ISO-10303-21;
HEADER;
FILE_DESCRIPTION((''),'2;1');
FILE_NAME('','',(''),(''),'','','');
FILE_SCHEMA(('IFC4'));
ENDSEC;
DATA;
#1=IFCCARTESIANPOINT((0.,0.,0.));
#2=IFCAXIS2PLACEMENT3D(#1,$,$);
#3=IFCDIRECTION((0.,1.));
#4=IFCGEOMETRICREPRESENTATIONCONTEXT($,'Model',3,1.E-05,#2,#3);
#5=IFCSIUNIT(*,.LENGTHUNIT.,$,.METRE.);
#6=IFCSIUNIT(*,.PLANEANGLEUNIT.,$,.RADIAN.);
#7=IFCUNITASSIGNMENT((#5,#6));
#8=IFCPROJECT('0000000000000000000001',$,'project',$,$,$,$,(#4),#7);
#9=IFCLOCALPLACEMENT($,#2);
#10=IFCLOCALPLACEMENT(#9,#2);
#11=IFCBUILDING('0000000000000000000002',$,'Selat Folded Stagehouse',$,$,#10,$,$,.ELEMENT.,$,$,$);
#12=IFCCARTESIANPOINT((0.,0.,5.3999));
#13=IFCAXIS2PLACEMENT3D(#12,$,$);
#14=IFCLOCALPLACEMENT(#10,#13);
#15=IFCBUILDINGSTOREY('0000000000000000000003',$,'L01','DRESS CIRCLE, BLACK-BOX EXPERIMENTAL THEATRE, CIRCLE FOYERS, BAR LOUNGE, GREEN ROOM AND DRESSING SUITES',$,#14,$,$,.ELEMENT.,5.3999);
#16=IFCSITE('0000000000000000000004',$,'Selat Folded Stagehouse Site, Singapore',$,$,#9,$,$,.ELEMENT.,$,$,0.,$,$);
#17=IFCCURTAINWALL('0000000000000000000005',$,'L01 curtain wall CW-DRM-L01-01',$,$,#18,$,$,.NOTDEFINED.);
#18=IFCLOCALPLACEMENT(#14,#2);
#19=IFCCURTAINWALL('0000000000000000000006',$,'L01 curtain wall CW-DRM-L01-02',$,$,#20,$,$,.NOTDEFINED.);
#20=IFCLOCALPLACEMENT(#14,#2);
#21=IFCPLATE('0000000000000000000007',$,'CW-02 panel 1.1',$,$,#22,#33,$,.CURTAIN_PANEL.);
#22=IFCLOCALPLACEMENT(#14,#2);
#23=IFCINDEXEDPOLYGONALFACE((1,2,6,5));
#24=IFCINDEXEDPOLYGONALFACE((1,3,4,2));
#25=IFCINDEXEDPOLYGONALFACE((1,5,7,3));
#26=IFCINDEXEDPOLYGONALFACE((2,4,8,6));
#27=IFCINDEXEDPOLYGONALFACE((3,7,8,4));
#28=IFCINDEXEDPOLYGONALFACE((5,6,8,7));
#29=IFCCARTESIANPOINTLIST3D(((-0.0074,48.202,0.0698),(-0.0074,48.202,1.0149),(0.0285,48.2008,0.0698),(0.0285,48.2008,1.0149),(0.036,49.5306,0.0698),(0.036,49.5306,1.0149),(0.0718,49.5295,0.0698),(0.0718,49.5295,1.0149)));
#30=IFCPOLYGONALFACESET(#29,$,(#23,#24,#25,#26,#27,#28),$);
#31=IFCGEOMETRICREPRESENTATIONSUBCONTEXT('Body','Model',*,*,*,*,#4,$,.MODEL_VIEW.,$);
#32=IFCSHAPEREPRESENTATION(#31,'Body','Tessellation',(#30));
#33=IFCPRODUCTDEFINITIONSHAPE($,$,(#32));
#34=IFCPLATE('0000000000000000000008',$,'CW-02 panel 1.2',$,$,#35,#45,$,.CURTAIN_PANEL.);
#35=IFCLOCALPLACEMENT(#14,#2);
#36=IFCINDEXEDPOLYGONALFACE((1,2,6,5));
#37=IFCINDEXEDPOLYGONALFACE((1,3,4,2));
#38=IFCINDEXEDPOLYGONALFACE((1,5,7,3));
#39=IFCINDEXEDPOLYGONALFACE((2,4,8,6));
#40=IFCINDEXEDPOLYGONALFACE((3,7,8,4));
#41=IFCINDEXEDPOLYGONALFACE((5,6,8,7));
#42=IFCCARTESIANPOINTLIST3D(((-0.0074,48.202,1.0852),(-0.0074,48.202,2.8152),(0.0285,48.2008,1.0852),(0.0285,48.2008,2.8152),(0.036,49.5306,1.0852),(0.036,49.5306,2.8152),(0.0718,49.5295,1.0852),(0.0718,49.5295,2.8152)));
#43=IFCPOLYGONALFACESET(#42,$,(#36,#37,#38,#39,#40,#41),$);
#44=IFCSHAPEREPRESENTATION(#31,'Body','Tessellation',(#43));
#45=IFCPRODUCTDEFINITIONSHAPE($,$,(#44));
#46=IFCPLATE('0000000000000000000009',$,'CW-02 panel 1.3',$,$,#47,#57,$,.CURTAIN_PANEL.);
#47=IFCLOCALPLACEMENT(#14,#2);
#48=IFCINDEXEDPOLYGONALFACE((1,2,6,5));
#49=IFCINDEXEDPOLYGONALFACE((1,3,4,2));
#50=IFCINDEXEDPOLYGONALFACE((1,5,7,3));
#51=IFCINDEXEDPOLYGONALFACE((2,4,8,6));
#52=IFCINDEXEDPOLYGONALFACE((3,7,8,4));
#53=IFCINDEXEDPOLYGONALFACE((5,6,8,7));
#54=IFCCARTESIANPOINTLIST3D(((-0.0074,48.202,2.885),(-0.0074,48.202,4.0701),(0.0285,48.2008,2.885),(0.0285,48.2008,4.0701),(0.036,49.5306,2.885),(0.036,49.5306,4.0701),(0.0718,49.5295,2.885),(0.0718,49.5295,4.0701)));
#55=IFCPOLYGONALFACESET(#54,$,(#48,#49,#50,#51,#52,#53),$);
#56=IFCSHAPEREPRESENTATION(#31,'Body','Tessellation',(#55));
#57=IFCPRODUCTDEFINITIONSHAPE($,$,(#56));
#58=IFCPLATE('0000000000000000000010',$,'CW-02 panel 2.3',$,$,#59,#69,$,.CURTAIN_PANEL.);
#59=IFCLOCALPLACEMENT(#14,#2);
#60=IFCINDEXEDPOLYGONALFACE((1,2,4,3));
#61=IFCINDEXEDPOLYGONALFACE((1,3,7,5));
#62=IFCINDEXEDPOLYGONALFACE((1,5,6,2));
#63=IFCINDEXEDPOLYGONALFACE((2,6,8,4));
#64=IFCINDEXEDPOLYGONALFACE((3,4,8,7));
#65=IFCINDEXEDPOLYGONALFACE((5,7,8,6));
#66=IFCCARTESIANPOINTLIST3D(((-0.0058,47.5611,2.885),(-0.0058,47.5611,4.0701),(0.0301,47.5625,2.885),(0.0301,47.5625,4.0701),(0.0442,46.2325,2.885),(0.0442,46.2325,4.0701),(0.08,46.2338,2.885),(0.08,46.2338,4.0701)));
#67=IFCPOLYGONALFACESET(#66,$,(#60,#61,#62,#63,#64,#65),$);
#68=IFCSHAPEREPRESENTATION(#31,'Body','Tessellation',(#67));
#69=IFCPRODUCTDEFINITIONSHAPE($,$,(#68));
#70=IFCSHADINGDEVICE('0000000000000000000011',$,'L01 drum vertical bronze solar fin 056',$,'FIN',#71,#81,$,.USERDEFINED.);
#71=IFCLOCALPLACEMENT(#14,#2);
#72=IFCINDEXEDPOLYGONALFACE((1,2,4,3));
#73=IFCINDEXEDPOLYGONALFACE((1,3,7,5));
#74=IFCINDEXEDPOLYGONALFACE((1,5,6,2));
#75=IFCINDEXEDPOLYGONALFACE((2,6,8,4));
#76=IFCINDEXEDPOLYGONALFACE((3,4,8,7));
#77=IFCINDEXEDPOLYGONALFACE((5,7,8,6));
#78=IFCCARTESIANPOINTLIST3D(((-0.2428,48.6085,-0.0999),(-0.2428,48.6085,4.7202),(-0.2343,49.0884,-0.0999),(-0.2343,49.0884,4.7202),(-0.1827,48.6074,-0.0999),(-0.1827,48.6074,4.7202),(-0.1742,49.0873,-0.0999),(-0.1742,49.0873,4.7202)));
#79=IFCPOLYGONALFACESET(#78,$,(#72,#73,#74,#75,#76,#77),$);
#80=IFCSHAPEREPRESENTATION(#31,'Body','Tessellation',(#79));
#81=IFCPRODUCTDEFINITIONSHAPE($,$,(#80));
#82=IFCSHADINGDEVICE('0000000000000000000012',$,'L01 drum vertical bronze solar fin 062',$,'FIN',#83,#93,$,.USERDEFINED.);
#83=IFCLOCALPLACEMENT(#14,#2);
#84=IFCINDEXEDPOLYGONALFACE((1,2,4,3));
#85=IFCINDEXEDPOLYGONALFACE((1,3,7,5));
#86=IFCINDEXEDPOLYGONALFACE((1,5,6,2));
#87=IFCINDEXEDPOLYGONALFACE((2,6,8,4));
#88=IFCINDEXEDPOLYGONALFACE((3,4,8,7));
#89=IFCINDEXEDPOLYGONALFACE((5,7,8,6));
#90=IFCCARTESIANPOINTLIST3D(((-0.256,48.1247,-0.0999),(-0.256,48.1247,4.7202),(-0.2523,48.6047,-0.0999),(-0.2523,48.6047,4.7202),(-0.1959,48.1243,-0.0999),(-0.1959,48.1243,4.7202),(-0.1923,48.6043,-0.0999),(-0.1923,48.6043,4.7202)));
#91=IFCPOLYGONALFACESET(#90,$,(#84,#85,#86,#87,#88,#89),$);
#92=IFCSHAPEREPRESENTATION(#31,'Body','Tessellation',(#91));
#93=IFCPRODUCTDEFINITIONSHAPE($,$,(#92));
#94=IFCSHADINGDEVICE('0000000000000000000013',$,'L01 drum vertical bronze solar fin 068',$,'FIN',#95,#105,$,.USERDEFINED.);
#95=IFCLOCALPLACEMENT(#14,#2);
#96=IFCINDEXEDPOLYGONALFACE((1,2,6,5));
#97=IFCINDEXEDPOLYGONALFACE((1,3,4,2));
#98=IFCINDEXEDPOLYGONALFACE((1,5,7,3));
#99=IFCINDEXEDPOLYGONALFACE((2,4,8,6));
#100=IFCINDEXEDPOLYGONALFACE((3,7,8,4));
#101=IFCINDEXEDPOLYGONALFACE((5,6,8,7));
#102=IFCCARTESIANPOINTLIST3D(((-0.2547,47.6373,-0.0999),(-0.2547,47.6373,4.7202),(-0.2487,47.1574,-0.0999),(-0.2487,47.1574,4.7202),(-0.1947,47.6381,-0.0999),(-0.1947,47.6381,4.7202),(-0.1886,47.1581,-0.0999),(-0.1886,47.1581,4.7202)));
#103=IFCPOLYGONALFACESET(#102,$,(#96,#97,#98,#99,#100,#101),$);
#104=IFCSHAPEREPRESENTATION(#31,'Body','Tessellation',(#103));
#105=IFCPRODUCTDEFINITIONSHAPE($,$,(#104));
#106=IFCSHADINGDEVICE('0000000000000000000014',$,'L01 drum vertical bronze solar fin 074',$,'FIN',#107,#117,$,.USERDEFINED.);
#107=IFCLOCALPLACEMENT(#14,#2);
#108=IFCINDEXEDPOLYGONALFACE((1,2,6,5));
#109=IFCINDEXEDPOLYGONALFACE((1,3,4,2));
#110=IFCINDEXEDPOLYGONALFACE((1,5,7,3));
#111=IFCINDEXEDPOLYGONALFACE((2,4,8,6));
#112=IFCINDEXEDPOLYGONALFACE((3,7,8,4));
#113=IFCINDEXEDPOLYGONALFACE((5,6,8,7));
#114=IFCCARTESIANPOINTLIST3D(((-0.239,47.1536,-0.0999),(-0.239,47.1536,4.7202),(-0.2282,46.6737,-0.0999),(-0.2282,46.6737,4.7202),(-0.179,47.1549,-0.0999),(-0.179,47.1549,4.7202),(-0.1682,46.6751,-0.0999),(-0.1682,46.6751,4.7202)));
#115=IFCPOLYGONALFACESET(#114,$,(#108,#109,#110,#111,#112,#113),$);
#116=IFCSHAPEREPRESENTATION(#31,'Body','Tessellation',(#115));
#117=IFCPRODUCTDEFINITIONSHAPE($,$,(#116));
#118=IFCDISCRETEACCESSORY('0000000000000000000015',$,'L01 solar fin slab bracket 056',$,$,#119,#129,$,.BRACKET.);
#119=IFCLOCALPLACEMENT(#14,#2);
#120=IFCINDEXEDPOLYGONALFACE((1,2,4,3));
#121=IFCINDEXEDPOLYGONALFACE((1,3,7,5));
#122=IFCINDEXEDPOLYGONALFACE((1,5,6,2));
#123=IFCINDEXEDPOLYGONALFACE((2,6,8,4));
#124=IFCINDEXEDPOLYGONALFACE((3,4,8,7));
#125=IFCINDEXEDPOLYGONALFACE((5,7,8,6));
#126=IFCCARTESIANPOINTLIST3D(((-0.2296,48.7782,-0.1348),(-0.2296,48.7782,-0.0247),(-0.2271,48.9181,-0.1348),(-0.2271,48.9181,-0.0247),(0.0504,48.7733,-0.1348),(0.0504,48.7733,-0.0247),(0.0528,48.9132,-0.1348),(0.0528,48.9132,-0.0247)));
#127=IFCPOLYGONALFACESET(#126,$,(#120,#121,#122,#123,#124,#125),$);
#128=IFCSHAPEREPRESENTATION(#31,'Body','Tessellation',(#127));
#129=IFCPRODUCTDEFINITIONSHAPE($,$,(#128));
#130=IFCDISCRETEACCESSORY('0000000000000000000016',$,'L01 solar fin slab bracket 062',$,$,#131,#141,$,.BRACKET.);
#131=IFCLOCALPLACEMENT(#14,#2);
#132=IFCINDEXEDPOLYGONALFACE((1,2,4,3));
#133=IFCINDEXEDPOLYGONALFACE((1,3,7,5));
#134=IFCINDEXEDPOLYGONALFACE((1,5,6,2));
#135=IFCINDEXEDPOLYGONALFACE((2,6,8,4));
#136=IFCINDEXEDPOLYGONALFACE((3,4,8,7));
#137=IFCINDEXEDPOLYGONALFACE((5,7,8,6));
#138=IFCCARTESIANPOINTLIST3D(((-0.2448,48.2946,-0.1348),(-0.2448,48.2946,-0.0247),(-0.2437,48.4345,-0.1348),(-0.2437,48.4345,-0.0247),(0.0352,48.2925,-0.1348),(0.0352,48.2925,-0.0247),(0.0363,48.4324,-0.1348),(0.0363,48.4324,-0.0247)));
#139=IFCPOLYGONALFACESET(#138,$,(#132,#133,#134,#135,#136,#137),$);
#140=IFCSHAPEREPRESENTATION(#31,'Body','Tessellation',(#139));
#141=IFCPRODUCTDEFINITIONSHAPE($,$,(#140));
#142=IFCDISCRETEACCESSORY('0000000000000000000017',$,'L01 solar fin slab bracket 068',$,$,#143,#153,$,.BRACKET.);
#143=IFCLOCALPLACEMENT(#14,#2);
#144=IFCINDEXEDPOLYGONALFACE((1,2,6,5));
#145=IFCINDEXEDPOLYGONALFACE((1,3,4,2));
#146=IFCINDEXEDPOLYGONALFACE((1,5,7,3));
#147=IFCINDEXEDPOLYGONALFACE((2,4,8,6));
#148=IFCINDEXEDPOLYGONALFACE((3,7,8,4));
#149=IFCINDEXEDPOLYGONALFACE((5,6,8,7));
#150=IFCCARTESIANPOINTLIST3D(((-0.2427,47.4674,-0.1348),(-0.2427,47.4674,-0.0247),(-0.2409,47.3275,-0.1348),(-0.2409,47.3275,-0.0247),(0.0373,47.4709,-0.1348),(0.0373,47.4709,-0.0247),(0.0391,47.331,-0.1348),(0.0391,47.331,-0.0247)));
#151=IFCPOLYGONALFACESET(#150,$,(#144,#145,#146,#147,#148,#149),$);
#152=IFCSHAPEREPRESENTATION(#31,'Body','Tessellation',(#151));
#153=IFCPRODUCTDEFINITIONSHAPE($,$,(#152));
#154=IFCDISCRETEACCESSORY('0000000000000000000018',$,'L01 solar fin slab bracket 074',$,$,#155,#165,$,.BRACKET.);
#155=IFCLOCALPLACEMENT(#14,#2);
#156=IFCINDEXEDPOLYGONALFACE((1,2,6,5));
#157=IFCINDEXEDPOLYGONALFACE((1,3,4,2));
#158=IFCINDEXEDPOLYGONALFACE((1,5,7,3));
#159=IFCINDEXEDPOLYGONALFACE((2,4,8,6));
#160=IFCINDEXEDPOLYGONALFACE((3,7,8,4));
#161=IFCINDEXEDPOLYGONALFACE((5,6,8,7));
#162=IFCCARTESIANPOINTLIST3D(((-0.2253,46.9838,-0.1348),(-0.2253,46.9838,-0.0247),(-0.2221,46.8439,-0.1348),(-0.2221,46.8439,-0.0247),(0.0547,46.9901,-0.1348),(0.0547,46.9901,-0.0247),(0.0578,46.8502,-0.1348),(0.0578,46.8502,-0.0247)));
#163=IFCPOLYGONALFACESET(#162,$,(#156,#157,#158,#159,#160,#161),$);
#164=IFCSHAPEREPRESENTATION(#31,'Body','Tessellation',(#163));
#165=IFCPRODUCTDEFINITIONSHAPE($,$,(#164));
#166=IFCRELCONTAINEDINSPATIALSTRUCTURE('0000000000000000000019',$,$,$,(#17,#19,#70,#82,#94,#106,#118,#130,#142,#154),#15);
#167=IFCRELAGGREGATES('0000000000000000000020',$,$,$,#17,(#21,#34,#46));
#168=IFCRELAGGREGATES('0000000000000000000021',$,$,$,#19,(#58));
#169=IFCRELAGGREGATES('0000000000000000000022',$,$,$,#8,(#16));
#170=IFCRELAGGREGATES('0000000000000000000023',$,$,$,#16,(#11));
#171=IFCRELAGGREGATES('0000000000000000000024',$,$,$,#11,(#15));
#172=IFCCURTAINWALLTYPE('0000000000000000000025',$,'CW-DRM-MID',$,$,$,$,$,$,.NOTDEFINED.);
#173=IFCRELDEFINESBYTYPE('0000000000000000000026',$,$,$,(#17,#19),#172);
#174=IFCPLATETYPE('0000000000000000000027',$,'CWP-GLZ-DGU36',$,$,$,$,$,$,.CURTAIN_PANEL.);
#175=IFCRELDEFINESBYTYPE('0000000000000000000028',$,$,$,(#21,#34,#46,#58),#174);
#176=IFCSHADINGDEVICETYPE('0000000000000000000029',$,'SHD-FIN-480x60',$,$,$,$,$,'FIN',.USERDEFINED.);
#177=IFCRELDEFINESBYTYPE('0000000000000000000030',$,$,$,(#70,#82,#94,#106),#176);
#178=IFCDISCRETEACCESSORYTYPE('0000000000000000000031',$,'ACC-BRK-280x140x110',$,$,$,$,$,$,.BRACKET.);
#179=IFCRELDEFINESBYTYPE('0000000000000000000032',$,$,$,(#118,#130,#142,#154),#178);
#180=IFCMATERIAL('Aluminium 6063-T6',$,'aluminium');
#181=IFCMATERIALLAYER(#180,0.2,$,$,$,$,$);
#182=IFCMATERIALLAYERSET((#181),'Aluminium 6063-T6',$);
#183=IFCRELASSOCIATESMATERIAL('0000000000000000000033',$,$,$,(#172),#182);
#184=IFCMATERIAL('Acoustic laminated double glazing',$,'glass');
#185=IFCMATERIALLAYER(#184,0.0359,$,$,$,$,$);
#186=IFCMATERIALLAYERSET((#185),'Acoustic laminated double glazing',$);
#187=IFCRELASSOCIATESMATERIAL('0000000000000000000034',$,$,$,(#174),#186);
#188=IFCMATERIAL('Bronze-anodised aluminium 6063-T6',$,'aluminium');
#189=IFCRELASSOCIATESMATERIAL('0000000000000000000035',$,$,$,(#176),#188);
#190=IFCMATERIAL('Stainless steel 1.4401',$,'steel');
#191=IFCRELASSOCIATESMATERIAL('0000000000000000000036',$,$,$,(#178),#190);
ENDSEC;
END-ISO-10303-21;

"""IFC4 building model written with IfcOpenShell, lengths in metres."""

from ifc_helpers import new_model, si_unit, direction, frame, origin, origin_2d, place, context, subcontext, project, spatial, rectangle, extrude, material, layer, layer_set, material_profile, profile_set, type_object, element, aggregate, save


model = new_model("IFC4")

# Units and contexts
model_context = context("Model", 3, precision=1e-05, world=origin(), true_north=direction((0.0, 1.0)))
body_context = subcontext(model_context, "Body", "Model", "MODEL_VIEW")
ifc_project = project(units=[si_unit("LENGTHUNIT", "METRE"), si_unit("PLANEANGLEUNIT", "RADIAN")], contexts=[model_context])

# Site, building, storey
site_placement = place(None, origin())
site = spatial("IfcSite", under=ifc_project, at=site_placement, Name="Selat Folded Stagehouse Site, Singapore", CompositionType="ELEMENT", RefElevation=0.0)
building_placement = place(site_placement, origin())
building = spatial("IfcBuilding", under=site, at=building_placement, Name="Selat Folded Stagehouse", CompositionType="ELEMENT")
storey_placement = place(building_placement, frame((0.0, 0.0, 5.3999)))
storey = spatial("IfcBuildingStorey", under=building, at=storey_placement, Name="L01", Description="DRESS CIRCLE, BLACK-BOX EXPERIMENTAL THEATRE, CIRCLE FOYERS, BAR LOUNGE, GREEN ROOM AND DRESSING SUITES", CompositionType="ELEMENT", Elevation=5.3999)

# Curtain walls
ifc_material_1 = material(Name="Aluminium 6063-T6", Category="aluminium")
ifc_layer_1 = layer(ifc_material_1, 0.2)
ifc_layer_set_1 = layer_set([ifc_layer_1], Name="Aluminium 6063-T6")
curtain_wall_type = type_object("IfcCurtainWallType", Name="CW-DRM-MID", PredefinedType="NOTDEFINED", material=ifc_layer_set_1)
curtain_wall_1_placement = place(storey_placement, origin())
curtain_wall_1 = element("IfcCurtainWall", 1, at=curtain_wall_1_placement, inside=storey, type_object=curtain_wall_type, Name="L01 curtain wall CW-DRM-L01-01", PredefinedType="NOTDEFINED")
curtain_wall_2_placement = place(storey_placement, origin())
curtain_wall_2 = element("IfcCurtainWall", 2, at=curtain_wall_2_placement, inside=storey, type_object=curtain_wall_type, Name="L01 curtain wall CW-DRM-L01-02", PredefinedType="NOTDEFINED")

# Plates
ifc_material_2 = material(Name="Acoustic laminated double glazing", Category="glass")
ifc_layer_2 = layer(ifc_material_2, 0.0359)
ifc_layer_set_2 = layer_set([ifc_layer_2], Name="Acoustic laminated double glazing")
plate_type = type_object("IfcPlateType", Name="CWP-GLZ-DGU36", PredefinedType="CURTAIN_PANEL", material=ifc_layer_set_2)
plate_1_placement = place(storey_placement, frame((0.0322, 48.8657, 0.0698), z_axis=(0.0, 0.0, 1.0), x_axis=(0.032625, 0.999468, 0.0)))
plate_1 = element("IfcPlate", 3, at=plate_1_placement, type_object=plate_type, Name="CW-02 panel 1.1", PredefinedType="CURTAIN_PANEL", context=body_context, shape_type="SweptSolid", body=[
    extrude(rectangle(XDim=1.3293, YDim=0.0359, at=origin_2d()), origin(), (0.0, 0.0, 1.0), 0.9451),
])
plate_2_placement = place(storey_placement, frame((0.0322, 48.8657, 1.0852), z_axis=(0.0, 0.0, 1.0), x_axis=(0.032625, 0.999468, 0.0)))
plate_2 = element("IfcPlate", 4, at=plate_2_placement, type_object=plate_type, Name="CW-02 panel 1.2", PredefinedType="CURTAIN_PANEL", context=body_context, shape_type="SweptSolid", body=[
    extrude(rectangle(XDim=1.3293, YDim=0.0359, at=origin_2d()), origin(), (0.0, 0.0, 1.0), 1.73),
])
plate_3_placement = place(storey_placement, frame((0.0322, 48.8657, 2.885), z_axis=(0.0, 0.0, 1.0), x_axis=(0.032625, 0.999468, 0.0)))
plate_3 = element("IfcPlate", 5, at=plate_3_placement, type_object=plate_type, Name="CW-02 panel 1.3", PredefinedType="CURTAIN_PANEL", context=body_context, shape_type="SweptSolid", body=[
    extrude(rectangle(XDim=1.3293, YDim=0.0359, at=origin_2d()), origin(), (0.0, 0.0, 1.0), 1.1851),
])
aggregate(curtain_wall_1, [plate_1, plate_2, plate_3])
plate_4_placement = place(storey_placement, frame((0.0371, 46.8975, 2.885), z_axis=(0.0, 0.0, 1.0), x_axis=(-0.037574, 0.999294, 0.0)))
plate_4 = element("IfcPlate", 6, at=plate_4_placement, type_object=plate_type, Name="CW-02 panel 2.3", PredefinedType="CURTAIN_PANEL", context=body_context, shape_type="SweptSolid", body=[
    extrude(rectangle(XDim=1.3296, YDim=0.0359, at=origin_2d()), origin(), (0.0, 0.0, 1.0), 1.1851),
])
aggregate(curtain_wall_2, [plate_4])

# Shading devices
ifc_material_3 = material(Name="Bronze-anodised aluminium 6063-T6", Category="aluminium")
ifc_material_profile_1 = material_profile(ifc_material_3, rectangle(XDim=0.0601, YDim=0.48, at=origin_2d()), Name="SOLAR-FIN 480x60")
ifc_profile_set_1 = profile_set([ifc_material_profile_1], Name="Bronze-anodised aluminium 6063-T6")
shading_device_type = type_object("IfcShadingDeviceType", Name="SHD-FIN-480x60", ElementType="FIN", PredefinedType="USERDEFINED", material=ifc_profile_set_1)
for number, where, z_axis, x_axis, name in (
    (7, (-0.2085, 48.8479, -0.0999), (0.0, 0.0, 1.0), (-0.999845, 0.017627, 0.0), "L01 drum vertical bronze solar fin 056"),
    (8, (-0.2241, 48.3645, -0.0999), (0.0, 0.0, 1.0), (-0.999972, 0.007505, 0.0), "L01 drum vertical bronze solar fin 062"),
    (9, (-0.2217, 47.3977, -0.0999), (0.0, 0.0, 1.0), (-0.999921, -0.012566, 0.0), "L01 drum vertical bronze solar fin 068"),
    (10, (-0.2036, 46.9143, -0.0999), (0.0, 0.0, 1.0), (-0.999747, -0.022513, 0.0), "L01 drum vertical bronze solar fin 074"),
):
    element("IfcShadingDevice", number, at=place(storey_placement, frame(where, z_axis=z_axis, x_axis=x_axis)), inside=storey, type_object=shading_device_type, Name=name, ObjectType="FIN", PredefinedType="USERDEFINED", context=body_context, shape_type="SweptSolid", body=[
        extrude(rectangle(XDim=0.0601, YDim=0.48, at=origin_2d()), origin(), (0.0, 0.0, 1.0), 4.8201),
    ])

# Discrete accessories
ifc_material_4 = material(Name="Stainless steel 1.4401", Category="steel")
discrete_accessory_type = type_object("IfcDiscreteAccessoryType", Name="ACC-BRK-280x140x110", PredefinedType="BRACKET", material=ifc_material_4)
for number, where, z_axis, x_axis, name in (
    (11, (-0.0884, 48.8457, -0.1348), (0.0, 0.0, 1.0), (-0.999845, 0.017627, 0.0), "L01 solar fin slab bracket 056"),
    (12, (-0.1042, 48.3635, -0.1348), (0.0, 0.0, 1.0), (-0.999972, 0.007505, 0.0), "L01 solar fin slab bracket 062"),
    (13, (-0.1018, 47.3992, -0.1348), (0.0, 0.0, 1.0), (-0.999921, -0.012566, 0.0), "L01 solar fin slab bracket 068"),
    (14, (-0.0837, 46.917, -0.1348), (0.0, 0.0, 1.0), (-0.999747, -0.022513, 0.0), "L01 solar fin slab bracket 074"),
):
    element("IfcDiscreteAccessory", number, at=place(storey_placement, frame(where, z_axis=z_axis, x_axis=x_axis)), inside=storey, type_object=discrete_accessory_type, Name=name, PredefinedType="BRACKET", context=body_context, shape_type="SweptSolid", body=[
        extrude(rectangle(XDim=0.28, YDim=0.1399, at=origin_2d()), origin(), (0.0, 0.0, 1.0), 0.1101),
    ])

save(model, "model.ifc")
